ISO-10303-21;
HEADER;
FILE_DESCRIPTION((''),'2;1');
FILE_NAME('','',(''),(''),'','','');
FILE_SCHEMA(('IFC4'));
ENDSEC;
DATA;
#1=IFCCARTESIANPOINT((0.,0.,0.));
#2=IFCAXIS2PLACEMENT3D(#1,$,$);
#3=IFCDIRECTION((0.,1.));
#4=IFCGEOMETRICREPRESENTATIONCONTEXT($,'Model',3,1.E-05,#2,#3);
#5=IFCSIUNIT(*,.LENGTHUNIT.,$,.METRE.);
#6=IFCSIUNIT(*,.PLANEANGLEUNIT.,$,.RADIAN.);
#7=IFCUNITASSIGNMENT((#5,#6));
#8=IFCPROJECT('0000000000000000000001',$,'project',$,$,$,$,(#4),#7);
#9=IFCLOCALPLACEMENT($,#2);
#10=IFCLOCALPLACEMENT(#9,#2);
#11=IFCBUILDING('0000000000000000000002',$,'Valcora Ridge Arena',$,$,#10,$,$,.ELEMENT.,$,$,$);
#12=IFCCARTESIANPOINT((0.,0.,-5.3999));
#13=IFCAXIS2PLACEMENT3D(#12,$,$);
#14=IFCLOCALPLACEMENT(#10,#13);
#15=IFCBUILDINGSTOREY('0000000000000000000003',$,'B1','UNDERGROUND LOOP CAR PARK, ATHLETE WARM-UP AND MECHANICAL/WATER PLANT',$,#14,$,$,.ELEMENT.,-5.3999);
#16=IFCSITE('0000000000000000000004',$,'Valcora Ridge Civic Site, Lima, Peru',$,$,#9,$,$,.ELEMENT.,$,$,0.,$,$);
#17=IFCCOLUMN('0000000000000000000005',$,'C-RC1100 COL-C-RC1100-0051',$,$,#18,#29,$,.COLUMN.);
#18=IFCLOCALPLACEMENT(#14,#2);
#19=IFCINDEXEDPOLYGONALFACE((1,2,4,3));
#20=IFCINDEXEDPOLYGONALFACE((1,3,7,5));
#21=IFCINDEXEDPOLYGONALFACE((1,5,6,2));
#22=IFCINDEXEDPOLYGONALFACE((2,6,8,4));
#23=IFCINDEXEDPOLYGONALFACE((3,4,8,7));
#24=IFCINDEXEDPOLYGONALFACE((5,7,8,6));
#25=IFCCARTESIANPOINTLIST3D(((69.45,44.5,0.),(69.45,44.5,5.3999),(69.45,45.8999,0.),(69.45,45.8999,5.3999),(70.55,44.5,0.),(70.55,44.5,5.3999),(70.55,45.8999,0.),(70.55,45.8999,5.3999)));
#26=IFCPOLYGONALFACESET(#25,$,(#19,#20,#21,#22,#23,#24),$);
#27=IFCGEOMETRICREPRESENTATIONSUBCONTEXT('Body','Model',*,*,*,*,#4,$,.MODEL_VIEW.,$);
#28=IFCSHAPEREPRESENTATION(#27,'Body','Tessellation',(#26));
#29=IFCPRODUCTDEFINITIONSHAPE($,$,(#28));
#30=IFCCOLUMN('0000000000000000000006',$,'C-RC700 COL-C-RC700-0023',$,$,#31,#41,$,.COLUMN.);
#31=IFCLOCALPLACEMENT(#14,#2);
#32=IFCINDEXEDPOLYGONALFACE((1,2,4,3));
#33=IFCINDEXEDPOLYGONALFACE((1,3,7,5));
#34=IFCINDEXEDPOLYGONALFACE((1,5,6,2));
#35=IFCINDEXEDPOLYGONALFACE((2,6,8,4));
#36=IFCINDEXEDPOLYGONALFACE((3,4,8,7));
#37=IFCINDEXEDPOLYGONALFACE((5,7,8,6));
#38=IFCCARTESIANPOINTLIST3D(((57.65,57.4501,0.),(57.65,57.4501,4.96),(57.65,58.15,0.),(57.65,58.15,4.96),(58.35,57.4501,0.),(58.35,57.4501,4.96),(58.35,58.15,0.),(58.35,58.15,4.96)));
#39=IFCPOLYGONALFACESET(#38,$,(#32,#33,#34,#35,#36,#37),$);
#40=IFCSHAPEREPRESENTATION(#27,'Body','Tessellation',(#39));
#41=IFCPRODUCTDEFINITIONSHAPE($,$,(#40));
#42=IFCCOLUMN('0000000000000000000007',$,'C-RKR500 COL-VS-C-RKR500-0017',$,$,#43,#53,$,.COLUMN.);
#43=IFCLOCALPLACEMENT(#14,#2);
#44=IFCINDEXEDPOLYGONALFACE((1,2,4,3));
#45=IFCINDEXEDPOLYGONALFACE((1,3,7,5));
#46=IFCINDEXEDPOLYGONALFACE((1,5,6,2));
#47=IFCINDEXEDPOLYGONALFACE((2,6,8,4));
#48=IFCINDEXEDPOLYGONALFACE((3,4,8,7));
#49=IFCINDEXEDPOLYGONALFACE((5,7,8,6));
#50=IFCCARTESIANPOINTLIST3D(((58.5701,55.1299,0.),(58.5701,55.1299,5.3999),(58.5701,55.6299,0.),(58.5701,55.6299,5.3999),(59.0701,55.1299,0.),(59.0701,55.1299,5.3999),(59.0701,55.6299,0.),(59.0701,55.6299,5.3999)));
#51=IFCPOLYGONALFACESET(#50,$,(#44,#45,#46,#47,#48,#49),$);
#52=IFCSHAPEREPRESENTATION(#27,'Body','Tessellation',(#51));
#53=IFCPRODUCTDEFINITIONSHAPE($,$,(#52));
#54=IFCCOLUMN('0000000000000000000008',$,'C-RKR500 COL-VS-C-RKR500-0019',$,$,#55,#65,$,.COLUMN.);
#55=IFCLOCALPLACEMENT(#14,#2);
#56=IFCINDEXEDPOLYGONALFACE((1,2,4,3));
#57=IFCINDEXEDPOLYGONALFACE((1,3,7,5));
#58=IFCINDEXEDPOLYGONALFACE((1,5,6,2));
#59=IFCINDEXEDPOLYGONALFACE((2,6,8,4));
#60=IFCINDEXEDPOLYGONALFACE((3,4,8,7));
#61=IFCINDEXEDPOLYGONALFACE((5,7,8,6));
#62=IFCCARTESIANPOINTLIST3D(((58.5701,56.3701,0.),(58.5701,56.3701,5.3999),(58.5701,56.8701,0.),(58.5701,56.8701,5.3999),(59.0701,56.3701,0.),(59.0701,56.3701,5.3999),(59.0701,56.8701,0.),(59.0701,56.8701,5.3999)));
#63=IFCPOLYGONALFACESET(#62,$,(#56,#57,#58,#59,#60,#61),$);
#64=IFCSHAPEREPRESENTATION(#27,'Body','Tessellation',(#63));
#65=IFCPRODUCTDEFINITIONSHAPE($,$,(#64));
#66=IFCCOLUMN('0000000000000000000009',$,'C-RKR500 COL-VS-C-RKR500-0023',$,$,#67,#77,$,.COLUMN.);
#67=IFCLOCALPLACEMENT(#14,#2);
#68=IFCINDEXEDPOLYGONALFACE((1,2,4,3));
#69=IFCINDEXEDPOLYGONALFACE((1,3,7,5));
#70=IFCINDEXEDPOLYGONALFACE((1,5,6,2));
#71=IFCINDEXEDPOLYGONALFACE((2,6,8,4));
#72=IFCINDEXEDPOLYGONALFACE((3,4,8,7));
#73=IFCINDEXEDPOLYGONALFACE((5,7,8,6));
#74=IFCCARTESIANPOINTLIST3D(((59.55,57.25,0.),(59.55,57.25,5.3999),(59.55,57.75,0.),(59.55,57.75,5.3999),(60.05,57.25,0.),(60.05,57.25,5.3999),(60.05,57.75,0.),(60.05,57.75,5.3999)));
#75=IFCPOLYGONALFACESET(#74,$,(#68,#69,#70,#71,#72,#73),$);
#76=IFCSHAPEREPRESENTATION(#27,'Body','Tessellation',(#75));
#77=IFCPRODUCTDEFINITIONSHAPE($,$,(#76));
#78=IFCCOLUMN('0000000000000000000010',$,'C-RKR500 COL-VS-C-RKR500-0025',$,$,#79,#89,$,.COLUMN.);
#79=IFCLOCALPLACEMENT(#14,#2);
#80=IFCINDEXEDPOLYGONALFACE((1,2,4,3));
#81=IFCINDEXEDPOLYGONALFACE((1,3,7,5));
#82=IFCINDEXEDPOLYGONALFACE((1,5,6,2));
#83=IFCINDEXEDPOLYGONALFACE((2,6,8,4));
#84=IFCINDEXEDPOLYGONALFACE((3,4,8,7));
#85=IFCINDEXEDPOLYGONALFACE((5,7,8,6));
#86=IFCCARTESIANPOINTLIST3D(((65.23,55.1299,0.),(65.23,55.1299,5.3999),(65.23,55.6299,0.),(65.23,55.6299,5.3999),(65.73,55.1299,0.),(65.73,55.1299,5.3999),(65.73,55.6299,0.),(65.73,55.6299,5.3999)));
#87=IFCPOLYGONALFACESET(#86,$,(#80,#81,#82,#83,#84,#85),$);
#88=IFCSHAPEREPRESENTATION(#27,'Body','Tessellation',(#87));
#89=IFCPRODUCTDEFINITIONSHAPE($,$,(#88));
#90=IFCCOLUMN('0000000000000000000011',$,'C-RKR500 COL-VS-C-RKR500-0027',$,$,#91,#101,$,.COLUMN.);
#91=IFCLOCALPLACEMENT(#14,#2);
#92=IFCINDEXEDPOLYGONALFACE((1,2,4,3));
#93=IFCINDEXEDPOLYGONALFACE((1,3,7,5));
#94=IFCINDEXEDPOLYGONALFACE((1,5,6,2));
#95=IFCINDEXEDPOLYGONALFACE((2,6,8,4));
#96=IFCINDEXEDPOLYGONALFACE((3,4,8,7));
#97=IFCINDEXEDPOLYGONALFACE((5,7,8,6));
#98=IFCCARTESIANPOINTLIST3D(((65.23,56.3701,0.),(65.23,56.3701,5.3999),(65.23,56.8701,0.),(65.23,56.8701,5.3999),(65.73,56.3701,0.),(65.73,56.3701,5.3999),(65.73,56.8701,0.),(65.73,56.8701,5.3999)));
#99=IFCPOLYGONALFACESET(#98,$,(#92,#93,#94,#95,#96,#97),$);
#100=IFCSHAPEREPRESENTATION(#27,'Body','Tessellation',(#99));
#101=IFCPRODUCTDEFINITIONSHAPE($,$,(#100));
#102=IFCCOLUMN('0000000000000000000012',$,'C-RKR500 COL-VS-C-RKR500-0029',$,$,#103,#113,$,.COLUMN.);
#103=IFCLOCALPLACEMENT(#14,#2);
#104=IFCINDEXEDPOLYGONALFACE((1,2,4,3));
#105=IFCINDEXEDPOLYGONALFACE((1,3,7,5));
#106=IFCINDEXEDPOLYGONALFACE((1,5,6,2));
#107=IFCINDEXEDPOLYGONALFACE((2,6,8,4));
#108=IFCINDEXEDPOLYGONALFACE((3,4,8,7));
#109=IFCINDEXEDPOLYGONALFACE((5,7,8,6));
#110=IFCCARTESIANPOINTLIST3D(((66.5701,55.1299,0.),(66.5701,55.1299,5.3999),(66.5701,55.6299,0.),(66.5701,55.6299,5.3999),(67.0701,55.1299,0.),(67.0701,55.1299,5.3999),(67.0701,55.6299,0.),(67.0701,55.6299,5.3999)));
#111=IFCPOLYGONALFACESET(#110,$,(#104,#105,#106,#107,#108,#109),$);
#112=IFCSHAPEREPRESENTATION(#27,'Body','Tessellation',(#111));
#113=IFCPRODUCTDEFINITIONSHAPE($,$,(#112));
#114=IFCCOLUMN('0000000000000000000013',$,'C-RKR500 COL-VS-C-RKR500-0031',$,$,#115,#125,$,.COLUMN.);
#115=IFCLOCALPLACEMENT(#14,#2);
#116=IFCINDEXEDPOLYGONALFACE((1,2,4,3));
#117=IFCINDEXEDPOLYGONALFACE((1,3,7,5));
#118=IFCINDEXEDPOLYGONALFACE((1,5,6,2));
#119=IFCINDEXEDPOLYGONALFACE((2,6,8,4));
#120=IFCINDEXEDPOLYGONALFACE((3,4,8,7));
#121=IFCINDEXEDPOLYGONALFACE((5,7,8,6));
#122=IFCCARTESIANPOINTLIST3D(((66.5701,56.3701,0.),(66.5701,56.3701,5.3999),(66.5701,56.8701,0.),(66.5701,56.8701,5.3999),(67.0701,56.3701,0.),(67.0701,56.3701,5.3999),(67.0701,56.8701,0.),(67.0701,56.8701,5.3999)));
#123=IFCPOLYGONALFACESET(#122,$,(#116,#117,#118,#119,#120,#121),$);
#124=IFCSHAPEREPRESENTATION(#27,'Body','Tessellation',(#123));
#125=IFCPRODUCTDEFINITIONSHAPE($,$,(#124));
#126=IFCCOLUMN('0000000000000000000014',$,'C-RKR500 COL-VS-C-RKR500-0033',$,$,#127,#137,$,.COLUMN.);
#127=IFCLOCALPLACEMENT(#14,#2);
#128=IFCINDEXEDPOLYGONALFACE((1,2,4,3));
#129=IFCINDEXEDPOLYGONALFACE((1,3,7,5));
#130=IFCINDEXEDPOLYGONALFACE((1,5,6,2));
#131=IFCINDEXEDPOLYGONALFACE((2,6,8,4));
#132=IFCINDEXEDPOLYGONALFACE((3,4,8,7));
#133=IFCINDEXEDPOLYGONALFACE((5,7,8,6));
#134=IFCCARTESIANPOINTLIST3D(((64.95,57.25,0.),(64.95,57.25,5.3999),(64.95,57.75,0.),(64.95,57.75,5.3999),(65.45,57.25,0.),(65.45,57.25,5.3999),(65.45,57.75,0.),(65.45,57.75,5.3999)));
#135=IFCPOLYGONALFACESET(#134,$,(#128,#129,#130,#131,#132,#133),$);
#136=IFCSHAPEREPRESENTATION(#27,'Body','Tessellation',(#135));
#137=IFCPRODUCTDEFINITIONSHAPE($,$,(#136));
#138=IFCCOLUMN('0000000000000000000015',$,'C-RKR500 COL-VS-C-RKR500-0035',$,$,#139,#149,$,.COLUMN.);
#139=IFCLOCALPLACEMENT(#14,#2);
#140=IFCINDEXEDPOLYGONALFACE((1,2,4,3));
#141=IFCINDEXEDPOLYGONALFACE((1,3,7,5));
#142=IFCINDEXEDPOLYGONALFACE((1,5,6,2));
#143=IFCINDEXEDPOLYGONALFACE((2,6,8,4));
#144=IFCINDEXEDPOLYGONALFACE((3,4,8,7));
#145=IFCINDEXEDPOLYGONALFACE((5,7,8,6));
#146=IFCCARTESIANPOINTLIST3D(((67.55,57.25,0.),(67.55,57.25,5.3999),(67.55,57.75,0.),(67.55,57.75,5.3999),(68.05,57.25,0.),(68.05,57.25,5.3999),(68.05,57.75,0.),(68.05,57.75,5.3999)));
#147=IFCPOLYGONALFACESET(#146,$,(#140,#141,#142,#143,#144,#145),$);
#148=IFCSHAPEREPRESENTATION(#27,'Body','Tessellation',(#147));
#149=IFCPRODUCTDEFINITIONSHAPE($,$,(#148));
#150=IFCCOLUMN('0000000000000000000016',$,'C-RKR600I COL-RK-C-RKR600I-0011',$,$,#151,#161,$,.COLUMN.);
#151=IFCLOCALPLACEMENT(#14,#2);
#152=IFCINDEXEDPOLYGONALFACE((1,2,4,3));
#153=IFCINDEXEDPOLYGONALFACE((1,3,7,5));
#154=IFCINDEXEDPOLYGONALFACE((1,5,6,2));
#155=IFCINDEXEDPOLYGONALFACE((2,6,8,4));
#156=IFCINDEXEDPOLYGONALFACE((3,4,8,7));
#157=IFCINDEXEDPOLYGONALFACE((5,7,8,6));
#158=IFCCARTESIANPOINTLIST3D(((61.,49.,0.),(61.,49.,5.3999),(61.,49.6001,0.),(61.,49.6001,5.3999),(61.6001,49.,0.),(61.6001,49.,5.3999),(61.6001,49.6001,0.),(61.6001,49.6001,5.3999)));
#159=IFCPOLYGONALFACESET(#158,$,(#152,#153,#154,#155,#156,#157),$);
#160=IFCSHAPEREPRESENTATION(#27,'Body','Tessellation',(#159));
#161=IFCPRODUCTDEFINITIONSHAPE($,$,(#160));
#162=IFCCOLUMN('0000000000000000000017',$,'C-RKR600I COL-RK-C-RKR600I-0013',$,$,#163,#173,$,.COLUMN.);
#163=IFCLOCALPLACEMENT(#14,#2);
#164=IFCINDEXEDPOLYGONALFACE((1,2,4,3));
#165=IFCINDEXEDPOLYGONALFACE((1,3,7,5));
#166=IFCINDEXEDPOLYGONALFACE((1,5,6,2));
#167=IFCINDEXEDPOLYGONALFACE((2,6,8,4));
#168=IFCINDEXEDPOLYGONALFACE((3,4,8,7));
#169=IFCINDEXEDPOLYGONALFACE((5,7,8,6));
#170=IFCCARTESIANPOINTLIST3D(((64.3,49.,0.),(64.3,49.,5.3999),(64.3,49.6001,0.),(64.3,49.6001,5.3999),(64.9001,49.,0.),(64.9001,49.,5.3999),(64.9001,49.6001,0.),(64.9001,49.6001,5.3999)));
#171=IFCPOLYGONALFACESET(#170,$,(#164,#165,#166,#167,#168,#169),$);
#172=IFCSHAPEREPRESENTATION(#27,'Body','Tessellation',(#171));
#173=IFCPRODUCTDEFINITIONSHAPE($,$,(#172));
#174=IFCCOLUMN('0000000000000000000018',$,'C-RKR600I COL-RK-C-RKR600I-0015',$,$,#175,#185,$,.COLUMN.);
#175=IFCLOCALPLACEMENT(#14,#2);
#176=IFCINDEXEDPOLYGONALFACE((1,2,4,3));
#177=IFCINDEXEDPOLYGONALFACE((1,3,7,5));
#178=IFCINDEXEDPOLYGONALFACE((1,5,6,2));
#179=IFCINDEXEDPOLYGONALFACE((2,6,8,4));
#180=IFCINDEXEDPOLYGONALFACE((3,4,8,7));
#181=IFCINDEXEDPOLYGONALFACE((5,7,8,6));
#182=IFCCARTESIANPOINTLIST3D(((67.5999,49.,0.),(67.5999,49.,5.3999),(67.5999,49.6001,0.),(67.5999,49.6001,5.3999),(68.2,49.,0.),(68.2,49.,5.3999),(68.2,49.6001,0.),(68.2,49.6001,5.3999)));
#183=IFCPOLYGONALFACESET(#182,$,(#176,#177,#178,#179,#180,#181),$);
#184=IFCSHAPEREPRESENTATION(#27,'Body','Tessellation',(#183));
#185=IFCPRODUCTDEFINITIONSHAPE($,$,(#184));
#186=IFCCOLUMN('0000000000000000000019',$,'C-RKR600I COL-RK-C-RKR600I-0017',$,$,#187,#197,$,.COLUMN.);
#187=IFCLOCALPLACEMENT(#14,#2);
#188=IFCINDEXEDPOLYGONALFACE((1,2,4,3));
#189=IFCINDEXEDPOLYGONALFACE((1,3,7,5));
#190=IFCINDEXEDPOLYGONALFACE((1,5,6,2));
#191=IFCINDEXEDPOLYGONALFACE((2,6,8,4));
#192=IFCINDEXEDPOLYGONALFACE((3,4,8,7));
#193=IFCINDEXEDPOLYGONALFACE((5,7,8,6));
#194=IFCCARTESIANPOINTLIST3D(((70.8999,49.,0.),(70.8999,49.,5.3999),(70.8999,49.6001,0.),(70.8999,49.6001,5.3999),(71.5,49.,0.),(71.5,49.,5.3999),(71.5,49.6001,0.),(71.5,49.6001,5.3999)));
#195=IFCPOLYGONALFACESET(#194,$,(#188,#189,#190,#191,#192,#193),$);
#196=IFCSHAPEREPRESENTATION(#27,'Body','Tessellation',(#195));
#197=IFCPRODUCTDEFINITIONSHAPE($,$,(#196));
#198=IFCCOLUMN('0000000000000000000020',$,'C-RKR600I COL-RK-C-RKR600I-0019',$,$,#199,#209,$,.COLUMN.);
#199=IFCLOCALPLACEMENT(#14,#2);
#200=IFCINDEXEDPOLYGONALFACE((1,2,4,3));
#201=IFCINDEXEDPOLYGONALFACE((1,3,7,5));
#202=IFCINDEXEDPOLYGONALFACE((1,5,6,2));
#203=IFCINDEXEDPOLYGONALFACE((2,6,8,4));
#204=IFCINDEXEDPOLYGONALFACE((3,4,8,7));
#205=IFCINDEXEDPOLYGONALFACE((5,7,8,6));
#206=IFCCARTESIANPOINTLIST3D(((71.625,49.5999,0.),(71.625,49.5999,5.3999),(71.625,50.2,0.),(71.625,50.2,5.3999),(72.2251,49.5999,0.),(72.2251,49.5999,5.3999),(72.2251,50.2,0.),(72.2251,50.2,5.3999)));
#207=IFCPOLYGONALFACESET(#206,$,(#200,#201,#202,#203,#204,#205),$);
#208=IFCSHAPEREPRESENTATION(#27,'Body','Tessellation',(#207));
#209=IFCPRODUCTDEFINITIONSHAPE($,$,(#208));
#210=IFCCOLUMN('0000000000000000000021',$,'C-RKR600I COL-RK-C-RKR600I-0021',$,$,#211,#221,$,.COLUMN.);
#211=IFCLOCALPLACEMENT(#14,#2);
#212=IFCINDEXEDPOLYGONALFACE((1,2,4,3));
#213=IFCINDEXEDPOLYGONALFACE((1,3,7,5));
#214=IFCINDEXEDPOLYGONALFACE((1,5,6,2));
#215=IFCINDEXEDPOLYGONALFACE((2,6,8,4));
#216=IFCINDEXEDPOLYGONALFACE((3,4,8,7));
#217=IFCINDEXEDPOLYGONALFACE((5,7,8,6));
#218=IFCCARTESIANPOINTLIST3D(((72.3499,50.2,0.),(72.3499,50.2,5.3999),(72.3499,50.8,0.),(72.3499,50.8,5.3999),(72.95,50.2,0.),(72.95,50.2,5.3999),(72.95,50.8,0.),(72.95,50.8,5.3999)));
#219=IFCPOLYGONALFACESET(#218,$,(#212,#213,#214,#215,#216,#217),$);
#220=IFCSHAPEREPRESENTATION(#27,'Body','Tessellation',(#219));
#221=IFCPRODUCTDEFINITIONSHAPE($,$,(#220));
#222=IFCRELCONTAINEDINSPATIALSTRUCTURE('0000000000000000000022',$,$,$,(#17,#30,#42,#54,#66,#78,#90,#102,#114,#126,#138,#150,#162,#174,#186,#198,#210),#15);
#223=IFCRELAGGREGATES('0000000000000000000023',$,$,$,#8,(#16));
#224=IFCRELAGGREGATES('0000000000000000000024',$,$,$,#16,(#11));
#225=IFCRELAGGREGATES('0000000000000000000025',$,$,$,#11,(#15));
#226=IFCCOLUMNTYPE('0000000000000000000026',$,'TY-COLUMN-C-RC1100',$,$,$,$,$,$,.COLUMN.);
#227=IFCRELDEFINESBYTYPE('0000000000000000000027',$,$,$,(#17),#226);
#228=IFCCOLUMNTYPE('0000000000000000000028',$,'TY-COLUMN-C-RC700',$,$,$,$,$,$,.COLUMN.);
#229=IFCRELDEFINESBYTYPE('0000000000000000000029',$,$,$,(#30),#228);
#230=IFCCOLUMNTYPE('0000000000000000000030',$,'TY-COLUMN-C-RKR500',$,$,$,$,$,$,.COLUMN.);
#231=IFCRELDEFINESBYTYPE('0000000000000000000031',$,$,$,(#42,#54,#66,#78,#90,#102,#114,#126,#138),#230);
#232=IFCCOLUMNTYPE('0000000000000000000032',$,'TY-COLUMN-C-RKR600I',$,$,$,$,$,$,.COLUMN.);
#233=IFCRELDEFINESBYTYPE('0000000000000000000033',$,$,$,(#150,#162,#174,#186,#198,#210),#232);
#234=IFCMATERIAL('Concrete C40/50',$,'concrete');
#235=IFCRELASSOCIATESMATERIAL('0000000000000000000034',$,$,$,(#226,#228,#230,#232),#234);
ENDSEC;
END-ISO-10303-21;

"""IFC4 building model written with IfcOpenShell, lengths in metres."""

from ifc_helpers import new_model, si_unit, direction, frame, origin, origin_2d, place, context, subcontext, project, spatial, rectangle, extrude, material, material_profile, profile_set, type_object, element, save


model = new_model("IFC4")

# Units and contexts
model_context = context("Model", 3, precision=1e-05, world=origin(), true_north=direction((0.0, 1.0)))
body_context = subcontext(model_context, "Body", "Model", "MODEL_VIEW")
ifc_project = project(units=[si_unit("LENGTHUNIT", "METRE"), si_unit("PLANEANGLEUNIT", "RADIAN")], contexts=[model_context])

# Site, building, storey
site_placement = place(None, origin())
site = spatial("IfcSite", under=ifc_project, at=site_placement, Name="Valcora Ridge Civic Site, Lima, Peru", CompositionType="ELEMENT", RefElevation=0.0)
building_placement = place(site_placement, origin())
building = spatial("IfcBuilding", under=site, at=building_placement, Name="Valcora Ridge Arena", CompositionType="ELEMENT")
storey_placement = place(building_placement, frame((0.0, 0.0, -5.3999)))
storey = spatial("IfcBuildingStorey", under=building, at=storey_placement, Name="B1", Description="UNDERGROUND LOOP CAR PARK, ATHLETE WARM-UP AND MECHANICAL/WATER PLANT", CompositionType="ELEMENT", Elevation=-5.3999)

# Shared definitions
ifc_material_1 = material(Name="Concrete C40/50", Category="concrete")

# Columns
ifc_material_profile_1 = material_profile(ifc_material_1, rectangle(XDim=1.1001, YDim=1.3999, at=origin_2d()), Name="RC 1100x1400")
ifc_profile_set_1 = profile_set([ifc_material_profile_1], Name="Concrete C40/50")
column_type_1 = type_object("IfcColumnType", Name="TY-COLUMN-C-RC1100", PredefinedType="COLUMN", material=ifc_profile_set_1)
column_1_placement = place(storey_placement, frame((70.0, 45.2, 0.0), z_axis=(0.0, 0.0, 1.0), x_axis=(1.0, 0.0, 0.0)))
element("IfcColumn", 1, at=column_1_placement, inside=storey, type_object=column_type_1, Name="C-RC1100 COL-C-RC1100-0051", PredefinedType="COLUMN", context=body_context, shape_type="SweptSolid", body=[
    extrude(rectangle(XDim=1.1001, YDim=1.3999, at=origin_2d()), origin(), (0.0, 0.0, 1.0), 5.3999),
])
ifc_material_profile_2 = material_profile(ifc_material_1, rectangle(XDim=0.7, YDim=0.7, at=origin_2d()), Name="RC 700x700")
ifc_profile_set_2 = profile_set([ifc_material_profile_2], Name="Concrete C40/50")
column_type_2 = type_object("IfcColumnType", Name="TY-COLUMN-C-RC700", PredefinedType="COLUMN", material=ifc_profile_set_2)
column_2_placement = place(storey_placement, frame((58.0, 57.8, 0.0), z_axis=(0.0, 0.0, 1.0), x_axis=(1.0, 0.0, 0.0)))
element("IfcColumn", 2, at=column_2_placement, inside=storey, type_object=column_type_2, Name="C-RC700 COL-C-RC700-0023", PredefinedType="COLUMN", context=body_context, shape_type="SweptSolid", body=[
    extrude(rectangle(XDim=0.7, YDim=0.7, at=origin_2d()), origin(), (0.0, 0.0, 1.0), 4.96),
])
ifc_material_profile_3 = material_profile(ifc_material_1, rectangle(XDim=0.5, YDim=0.5, at=origin_2d()), Name="RC 500x500")
ifc_profile_set_3 = profile_set([ifc_material_profile_3], Name="Concrete C40/50")
column_type_3 = type_object("IfcColumnType", Name="TY-COLUMN-C-RKR500", PredefinedType="COLUMN", material=ifc_profile_set_3)
for number, where, z_axis, x_axis, name in (
    (3, (58.8201, 55.3799, 0.0), (0.0, 0.0, 1.0), (1.0, 0.0, 0.0), "C-RKR500 COL-VS-C-RKR500-0017"),
    (4, (58.8201, 56.6201, 0.0), (0.0, 0.0, 1.0), (1.0, 0.0, 0.0), "C-RKR500 COL-VS-C-RKR500-0019"),
    (5, (59.8, 57.5, 0.0), (0.0, 0.0, 1.0), (1.0, 0.0, 0.0), "C-RKR500 COL-VS-C-RKR500-0023"),
    (6, (65.48, 55.3799, 0.0), (0.0, 0.0, 1.0), (1.0, 0.0, 0.0), "C-RKR500 COL-VS-C-RKR500-0025"),
    (7, (65.48, 56.6201, 0.0), (0.0, 0.0, 1.0), (1.0, 0.0, 0.0), "C-RKR500 COL-VS-C-RKR500-0027"),
    (8, (66.8201, 55.3799, 0.0), (0.0, 0.0, 1.0), (1.0, 0.0, 0.0), "C-RKR500 COL-VS-C-RKR500-0029"),
    (9, (66.8201, 56.6201, 0.0), (0.0, 0.0, 1.0), (1.0, 0.0, 0.0), "C-RKR500 COL-VS-C-RKR500-0031"),
    (10, (65.2, 57.5, 0.0), (0.0, 0.0, 1.0), (1.0, 0.0, 0.0), "C-RKR500 COL-VS-C-RKR500-0033"),
    (11, (67.8, 57.5, 0.0), (0.0, 0.0, 1.0), (1.0, 0.0, 0.0), "C-RKR500 COL-VS-C-RKR500-0035"),
):
    element("IfcColumn", number, at=place(storey_placement, frame(where, z_axis=z_axis, x_axis=x_axis)), inside=storey, type_object=column_type_3, Name=name, PredefinedType="COLUMN", context=body_context, shape_type="SweptSolid", body=[
        extrude(rectangle(XDim=0.5, YDim=0.5, at=origin_2d()), origin(), (0.0, 0.0, 1.0), 5.3999),
    ])
ifc_material_profile_4 = material_profile(ifc_material_1, rectangle(XDim=0.6001, YDim=0.6001, at=origin_2d()), Name="RC 600x600")
ifc_profile_set_4 = profile_set([ifc_material_profile_4], Name="Concrete C40/50")
column_type_4 = type_object("IfcColumnType", Name="TY-COLUMN-C-RKR600I", PredefinedType="COLUMN", material=ifc_profile_set_4)
for number, where, z_axis, x_axis, name in (
    (12, (61.3, 49.3, 0.0), (0.0, 0.0, 1.0), (1.0, 0.0, 0.0), "C-RKR600I COL-RK-C-RKR600I-0011"),
    (13, (64.6001, 49.3, 0.0), (0.0, 0.0, 1.0), (1.0, 0.0, 0.0), "C-RKR600I COL-RK-C-RKR600I-0013"),
    (14, (67.8999, 49.3, 0.0), (0.0, 0.0, 1.0), (1.0, 0.0, 0.0), "C-RKR600I COL-RK-C-RKR600I-0015"),
    (15, (71.2, 49.3, 0.0), (0.0, 0.0, 1.0), (1.0, 0.0, 0.0), "C-RKR600I COL-RK-C-RKR600I-0017"),
    (16, (71.925, 49.8999, 0.0), (0.0, 0.0, 1.0), (1.0, 0.0, 0.0), "C-RKR600I COL-RK-C-RKR600I-0019"),
    (17, (72.6499, 50.5, 0.0), (0.0, 0.0, 1.0), (1.0, 0.0, 0.0), "C-RKR600I COL-RK-C-RKR600I-0021"),
):
    element("IfcColumn", number, at=place(storey_placement, frame(where, z_axis=z_axis, x_axis=x_axis)), inside=storey, type_object=column_type_4, Name=name, PredefinedType="COLUMN", context=body_context, shape_type="SweptSolid", body=[
        extrude(rectangle(XDim=0.6001, YDim=0.6001, at=origin_2d()), origin(), (0.0, 0.0, 1.0), 5.3999),
    ])

save(model, "model.ifc")
